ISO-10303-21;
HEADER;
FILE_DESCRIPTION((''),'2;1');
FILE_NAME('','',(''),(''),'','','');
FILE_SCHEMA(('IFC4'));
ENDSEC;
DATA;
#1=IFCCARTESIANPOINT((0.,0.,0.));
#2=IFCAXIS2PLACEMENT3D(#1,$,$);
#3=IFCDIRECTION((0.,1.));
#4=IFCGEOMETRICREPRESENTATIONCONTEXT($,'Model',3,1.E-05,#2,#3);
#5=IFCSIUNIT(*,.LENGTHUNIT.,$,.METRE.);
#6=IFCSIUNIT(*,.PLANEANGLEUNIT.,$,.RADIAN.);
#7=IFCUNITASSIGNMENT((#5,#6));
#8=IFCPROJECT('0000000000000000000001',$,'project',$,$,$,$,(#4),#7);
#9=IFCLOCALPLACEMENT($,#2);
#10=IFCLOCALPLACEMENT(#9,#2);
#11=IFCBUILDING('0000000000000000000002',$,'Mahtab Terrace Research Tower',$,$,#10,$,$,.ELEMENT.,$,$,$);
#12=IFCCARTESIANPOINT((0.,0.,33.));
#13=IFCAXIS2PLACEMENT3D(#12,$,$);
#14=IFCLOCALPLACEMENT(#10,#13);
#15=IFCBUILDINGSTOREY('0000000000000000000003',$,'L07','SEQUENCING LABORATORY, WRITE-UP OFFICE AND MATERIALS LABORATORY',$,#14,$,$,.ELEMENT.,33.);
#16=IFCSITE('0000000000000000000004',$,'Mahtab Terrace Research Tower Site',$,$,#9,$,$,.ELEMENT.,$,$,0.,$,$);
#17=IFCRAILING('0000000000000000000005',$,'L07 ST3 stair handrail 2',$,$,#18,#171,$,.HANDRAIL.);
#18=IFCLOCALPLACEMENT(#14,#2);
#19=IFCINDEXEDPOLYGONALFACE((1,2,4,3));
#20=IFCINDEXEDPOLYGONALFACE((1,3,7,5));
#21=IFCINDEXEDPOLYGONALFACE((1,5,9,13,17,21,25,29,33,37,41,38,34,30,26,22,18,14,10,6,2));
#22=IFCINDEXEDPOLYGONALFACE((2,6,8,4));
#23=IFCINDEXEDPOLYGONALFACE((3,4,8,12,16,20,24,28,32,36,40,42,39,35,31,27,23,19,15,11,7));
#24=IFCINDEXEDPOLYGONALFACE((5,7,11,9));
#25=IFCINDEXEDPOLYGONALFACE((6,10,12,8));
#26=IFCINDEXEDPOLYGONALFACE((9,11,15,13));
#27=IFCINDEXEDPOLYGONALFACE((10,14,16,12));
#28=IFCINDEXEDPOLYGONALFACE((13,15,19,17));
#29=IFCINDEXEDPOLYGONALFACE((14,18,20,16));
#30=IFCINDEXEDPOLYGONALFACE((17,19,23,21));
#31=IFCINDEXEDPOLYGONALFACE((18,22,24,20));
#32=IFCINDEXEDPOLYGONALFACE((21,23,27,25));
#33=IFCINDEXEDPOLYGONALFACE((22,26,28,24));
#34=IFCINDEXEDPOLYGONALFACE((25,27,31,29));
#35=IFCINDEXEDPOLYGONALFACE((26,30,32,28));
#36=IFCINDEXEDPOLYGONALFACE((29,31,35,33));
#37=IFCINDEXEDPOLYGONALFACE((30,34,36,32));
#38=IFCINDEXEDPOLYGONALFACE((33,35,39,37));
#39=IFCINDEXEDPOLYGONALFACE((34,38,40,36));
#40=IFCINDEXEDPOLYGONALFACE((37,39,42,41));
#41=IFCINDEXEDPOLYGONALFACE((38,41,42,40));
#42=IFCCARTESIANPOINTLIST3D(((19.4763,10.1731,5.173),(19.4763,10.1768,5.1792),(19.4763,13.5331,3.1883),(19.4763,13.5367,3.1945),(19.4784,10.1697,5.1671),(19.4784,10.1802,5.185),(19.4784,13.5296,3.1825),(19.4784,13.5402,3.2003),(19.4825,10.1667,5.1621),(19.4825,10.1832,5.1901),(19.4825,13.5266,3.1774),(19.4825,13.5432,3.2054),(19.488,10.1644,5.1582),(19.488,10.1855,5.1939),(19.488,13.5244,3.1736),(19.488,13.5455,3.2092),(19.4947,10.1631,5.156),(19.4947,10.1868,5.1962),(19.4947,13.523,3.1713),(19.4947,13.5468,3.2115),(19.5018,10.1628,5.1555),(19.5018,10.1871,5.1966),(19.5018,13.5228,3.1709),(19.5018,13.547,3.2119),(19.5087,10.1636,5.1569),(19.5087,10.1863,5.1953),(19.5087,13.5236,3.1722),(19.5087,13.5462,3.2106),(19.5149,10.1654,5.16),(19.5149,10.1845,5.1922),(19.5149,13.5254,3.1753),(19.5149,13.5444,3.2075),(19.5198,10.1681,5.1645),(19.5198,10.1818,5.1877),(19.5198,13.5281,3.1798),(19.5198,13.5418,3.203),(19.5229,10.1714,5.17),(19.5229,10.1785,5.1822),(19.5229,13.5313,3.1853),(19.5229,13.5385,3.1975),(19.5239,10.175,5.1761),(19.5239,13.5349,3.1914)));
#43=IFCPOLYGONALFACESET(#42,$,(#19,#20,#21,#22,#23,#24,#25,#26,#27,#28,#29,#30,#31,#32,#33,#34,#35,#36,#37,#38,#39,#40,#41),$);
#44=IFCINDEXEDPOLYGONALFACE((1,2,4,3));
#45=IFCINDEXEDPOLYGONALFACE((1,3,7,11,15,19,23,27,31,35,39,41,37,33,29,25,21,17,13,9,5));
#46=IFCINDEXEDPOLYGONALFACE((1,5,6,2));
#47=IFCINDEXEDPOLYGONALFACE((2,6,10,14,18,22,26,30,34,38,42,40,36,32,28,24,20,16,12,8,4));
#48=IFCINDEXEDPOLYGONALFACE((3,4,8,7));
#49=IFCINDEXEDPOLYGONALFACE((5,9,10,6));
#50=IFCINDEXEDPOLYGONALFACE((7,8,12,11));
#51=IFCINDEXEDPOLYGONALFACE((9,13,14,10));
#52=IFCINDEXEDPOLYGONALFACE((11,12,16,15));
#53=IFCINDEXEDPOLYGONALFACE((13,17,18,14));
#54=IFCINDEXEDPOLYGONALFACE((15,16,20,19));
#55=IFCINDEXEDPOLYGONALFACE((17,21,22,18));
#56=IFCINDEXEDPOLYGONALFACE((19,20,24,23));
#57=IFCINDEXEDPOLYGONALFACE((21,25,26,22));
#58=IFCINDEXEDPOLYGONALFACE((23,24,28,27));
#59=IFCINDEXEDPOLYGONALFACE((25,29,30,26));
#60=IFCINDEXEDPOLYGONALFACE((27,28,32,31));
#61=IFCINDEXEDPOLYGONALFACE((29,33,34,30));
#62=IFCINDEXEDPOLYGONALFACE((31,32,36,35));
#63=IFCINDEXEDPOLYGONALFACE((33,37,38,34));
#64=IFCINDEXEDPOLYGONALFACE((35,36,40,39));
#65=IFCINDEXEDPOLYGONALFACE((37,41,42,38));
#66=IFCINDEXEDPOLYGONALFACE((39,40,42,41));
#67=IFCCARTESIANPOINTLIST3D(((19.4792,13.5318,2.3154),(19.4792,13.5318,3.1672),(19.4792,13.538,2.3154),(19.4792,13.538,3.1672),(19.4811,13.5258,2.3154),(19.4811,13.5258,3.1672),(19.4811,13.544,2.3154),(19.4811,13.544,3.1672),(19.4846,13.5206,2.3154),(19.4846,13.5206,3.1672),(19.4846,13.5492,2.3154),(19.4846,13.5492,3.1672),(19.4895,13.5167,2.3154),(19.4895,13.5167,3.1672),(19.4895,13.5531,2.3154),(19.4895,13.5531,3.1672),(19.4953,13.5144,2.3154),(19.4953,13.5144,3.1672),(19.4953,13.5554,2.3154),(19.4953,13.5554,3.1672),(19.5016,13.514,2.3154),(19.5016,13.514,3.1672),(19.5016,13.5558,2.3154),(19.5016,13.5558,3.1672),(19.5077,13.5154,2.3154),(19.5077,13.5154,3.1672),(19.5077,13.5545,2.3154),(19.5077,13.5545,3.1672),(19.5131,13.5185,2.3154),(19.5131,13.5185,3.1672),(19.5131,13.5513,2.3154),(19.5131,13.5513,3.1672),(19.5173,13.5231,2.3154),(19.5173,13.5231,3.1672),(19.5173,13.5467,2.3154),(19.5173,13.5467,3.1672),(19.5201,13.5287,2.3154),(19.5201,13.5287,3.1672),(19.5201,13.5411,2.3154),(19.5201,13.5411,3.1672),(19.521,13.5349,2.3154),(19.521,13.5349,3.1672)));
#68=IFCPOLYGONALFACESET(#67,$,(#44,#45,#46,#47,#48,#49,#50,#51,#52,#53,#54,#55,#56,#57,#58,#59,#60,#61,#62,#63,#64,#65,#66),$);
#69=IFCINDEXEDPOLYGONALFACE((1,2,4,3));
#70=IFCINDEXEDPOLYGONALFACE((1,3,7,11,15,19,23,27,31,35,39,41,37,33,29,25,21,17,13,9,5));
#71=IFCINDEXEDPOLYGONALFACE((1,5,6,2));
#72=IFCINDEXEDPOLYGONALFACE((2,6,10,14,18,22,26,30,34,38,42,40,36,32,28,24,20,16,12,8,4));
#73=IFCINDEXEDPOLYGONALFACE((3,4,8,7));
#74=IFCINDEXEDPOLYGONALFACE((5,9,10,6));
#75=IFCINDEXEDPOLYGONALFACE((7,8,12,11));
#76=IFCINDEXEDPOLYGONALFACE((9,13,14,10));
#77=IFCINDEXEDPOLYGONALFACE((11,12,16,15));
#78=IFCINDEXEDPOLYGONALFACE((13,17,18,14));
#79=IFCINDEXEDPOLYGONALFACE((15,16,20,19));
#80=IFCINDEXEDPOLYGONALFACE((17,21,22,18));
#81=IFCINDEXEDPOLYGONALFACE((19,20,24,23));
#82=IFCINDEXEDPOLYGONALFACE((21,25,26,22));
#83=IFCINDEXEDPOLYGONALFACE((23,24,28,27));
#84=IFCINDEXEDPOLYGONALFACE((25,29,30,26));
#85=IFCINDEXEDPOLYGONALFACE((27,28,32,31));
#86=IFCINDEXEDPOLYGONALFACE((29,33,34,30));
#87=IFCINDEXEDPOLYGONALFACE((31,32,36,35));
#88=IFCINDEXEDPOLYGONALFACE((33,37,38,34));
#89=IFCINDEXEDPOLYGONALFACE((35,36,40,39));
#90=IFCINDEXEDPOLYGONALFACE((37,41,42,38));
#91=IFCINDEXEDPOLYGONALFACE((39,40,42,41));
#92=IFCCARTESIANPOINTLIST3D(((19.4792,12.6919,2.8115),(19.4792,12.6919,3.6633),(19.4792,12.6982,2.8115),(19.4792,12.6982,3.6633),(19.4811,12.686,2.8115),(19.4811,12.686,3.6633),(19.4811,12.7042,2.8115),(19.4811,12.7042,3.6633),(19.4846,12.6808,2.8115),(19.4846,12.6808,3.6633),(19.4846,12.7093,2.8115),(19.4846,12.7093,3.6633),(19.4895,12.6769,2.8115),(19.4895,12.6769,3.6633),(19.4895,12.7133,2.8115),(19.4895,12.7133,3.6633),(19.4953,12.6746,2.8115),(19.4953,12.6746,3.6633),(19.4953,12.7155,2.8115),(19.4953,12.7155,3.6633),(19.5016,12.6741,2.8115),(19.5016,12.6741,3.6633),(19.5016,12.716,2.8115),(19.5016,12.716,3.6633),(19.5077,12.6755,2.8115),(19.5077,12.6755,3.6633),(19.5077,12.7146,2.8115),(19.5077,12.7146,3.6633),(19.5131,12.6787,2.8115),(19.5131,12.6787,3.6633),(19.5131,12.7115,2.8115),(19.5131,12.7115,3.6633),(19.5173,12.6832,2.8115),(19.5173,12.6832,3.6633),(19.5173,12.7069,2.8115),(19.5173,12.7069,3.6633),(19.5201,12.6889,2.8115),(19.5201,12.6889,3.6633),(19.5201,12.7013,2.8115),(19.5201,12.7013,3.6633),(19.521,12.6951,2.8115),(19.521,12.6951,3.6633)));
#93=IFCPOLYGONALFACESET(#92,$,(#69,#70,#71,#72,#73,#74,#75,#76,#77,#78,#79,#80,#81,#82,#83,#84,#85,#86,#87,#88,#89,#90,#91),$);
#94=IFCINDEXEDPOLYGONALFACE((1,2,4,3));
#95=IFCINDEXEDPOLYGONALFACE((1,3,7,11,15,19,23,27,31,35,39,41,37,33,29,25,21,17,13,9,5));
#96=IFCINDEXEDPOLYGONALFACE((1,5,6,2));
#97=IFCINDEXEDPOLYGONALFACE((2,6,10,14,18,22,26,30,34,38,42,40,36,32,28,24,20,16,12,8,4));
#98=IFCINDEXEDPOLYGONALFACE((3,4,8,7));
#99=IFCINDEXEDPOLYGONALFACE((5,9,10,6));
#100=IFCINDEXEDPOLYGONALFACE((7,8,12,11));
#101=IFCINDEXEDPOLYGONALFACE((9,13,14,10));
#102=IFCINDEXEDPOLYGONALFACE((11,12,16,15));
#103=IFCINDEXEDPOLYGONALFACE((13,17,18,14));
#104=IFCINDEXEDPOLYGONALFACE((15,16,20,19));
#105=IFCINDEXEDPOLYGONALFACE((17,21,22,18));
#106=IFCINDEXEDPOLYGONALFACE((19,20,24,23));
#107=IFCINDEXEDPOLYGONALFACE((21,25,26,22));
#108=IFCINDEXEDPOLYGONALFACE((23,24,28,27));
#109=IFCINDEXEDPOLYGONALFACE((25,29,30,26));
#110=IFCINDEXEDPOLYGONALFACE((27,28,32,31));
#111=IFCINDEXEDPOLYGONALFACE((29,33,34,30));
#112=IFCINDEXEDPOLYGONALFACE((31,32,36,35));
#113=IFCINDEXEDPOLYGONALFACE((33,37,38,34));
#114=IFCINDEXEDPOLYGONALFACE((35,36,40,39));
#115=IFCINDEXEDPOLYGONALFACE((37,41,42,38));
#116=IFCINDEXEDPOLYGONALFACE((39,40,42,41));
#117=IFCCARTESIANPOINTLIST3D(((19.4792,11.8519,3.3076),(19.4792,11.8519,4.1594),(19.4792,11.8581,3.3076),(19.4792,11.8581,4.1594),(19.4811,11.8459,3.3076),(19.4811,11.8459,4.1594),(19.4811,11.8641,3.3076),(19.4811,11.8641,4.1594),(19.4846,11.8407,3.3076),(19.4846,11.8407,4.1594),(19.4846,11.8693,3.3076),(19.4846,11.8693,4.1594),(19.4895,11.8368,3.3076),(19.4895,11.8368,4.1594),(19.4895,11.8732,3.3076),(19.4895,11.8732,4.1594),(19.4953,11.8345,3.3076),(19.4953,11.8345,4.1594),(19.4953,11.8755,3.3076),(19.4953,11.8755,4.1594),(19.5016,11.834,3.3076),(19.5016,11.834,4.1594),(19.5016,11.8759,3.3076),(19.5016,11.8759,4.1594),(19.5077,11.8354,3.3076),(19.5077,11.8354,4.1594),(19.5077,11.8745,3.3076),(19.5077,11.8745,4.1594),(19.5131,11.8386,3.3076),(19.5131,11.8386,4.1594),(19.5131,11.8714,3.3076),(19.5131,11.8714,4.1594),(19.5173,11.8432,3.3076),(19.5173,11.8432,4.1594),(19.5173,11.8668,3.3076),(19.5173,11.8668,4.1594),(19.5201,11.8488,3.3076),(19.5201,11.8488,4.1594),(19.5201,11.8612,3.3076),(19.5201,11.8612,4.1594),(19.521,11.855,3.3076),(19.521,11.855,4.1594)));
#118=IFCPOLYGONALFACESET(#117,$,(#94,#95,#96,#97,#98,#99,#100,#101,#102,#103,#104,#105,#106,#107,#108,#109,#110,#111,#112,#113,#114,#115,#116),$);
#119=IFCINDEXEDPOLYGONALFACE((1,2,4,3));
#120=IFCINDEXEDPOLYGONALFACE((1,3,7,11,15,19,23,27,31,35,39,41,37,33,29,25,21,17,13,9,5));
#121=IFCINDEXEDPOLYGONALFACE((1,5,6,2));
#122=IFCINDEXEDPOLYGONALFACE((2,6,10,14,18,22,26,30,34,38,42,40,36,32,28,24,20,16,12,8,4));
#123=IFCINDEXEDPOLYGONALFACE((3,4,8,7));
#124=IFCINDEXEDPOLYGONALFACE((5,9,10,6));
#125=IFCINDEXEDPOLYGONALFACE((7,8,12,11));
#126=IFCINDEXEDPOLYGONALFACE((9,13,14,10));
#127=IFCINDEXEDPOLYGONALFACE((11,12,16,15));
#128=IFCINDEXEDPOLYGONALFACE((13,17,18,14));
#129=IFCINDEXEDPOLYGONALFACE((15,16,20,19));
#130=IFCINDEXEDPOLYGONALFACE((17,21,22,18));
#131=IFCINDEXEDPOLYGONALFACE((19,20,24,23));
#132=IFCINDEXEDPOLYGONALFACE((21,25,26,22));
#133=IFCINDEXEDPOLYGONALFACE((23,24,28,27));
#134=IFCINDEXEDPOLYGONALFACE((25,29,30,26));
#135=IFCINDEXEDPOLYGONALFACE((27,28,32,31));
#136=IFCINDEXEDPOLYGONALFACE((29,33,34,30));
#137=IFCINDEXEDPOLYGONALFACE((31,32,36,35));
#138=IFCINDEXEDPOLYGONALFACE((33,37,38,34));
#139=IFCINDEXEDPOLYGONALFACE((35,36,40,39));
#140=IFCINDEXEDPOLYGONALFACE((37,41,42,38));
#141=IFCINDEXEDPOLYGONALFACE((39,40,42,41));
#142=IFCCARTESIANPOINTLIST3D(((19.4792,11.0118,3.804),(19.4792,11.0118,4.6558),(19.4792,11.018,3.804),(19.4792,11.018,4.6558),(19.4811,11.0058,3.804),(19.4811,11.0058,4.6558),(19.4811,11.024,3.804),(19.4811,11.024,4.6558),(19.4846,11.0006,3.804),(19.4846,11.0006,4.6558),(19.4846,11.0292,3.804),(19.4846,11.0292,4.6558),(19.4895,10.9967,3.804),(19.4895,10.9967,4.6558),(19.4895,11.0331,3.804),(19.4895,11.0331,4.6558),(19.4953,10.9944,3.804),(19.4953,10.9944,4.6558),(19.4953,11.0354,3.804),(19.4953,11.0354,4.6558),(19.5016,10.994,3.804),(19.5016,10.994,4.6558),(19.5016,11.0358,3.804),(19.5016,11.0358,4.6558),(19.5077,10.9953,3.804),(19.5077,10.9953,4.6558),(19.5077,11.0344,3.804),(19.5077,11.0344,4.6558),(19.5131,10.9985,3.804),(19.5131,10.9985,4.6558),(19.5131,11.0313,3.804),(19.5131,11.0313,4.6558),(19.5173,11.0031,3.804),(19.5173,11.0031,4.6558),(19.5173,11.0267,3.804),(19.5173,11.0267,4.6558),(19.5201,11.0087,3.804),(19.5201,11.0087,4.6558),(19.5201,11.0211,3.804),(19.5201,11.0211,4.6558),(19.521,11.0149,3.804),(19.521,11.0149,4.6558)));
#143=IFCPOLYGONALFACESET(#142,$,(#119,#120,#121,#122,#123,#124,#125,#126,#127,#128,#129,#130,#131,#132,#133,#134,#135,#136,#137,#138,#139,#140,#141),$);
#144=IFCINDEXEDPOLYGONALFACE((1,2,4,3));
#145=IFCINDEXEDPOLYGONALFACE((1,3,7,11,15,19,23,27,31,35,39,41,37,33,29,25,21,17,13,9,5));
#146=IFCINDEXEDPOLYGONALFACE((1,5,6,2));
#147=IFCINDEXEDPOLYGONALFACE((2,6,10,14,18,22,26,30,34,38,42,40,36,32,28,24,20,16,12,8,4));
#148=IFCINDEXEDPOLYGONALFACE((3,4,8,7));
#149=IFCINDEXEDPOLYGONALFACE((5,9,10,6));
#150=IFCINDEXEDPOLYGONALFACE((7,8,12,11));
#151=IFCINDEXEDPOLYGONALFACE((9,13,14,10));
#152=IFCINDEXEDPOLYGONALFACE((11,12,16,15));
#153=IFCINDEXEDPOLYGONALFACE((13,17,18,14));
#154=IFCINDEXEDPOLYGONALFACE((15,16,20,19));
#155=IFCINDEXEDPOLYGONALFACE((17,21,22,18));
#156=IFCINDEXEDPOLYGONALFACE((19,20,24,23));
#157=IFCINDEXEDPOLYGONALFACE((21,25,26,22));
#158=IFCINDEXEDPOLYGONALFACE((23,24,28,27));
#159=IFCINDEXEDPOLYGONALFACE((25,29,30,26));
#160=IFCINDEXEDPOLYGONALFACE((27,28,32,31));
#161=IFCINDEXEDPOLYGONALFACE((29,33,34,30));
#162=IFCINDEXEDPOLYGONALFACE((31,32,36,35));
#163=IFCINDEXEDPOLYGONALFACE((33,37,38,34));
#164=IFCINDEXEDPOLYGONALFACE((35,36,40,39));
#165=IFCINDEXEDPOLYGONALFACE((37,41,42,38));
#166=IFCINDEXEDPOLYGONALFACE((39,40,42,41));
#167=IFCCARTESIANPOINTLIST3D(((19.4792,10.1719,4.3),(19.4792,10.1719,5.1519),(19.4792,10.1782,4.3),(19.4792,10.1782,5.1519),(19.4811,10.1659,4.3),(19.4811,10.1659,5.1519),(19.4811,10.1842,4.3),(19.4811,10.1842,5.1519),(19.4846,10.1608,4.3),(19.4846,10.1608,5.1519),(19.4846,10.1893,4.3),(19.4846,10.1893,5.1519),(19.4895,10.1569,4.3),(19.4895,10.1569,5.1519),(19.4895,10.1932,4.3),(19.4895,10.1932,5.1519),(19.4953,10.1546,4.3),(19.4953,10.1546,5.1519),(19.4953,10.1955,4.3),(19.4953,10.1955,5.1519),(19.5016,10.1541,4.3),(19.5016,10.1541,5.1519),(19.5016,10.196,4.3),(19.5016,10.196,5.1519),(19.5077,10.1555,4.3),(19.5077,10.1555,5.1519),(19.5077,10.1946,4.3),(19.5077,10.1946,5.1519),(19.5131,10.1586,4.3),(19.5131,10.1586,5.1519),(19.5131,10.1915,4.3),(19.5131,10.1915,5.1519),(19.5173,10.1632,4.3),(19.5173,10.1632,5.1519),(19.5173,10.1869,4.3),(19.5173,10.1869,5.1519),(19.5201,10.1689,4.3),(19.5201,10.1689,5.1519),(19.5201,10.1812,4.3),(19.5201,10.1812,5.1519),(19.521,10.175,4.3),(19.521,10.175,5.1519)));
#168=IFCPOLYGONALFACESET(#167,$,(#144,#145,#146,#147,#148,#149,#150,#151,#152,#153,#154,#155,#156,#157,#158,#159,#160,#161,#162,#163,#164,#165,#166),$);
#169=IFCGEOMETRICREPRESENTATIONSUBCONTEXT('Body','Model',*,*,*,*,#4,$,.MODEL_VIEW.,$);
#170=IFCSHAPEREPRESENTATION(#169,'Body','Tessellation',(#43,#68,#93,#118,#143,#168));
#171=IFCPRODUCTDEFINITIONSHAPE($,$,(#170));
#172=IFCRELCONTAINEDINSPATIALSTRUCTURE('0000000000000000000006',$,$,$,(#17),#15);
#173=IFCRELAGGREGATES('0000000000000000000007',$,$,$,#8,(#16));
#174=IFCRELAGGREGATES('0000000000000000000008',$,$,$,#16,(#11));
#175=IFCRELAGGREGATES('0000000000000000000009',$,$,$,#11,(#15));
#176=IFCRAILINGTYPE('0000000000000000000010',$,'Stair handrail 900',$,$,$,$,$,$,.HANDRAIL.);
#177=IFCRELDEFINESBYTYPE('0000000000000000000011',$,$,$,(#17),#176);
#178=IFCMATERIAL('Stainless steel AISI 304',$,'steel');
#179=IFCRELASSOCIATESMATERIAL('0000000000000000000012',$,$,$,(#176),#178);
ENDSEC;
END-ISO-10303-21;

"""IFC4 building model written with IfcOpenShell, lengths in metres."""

from ifc_helpers import new_model, si_unit, direction, frame, origin, origin_2d, place, context, subcontext, project, spatial, circle, extrude, material, type_object, element, save


model = new_model("IFC4")

# Units and contexts
model_context = context("Model", 3, precision=1e-05, world=origin(), true_north=direction((0.0, 1.0)))
body_context = subcontext(model_context, "Body", "Model", "MODEL_VIEW")
ifc_project = project(units=[si_unit("LENGTHUNIT", "METRE"), si_unit("PLANEANGLEUNIT", "RADIAN")], contexts=[model_context])

# Site, building, storey
site_placement = place(None, origin())
site = spatial("IfcSite", under=ifc_project, at=site_placement, Name="Mahtab Terrace Research Tower Site", CompositionType="ELEMENT", RefElevation=0.0)
building_placement = place(site_placement, origin())
building = spatial("IfcBuilding", under=site, at=building_placement, Name="Mahtab Terrace Research Tower", CompositionType="ELEMENT")
storey_placement = place(building_placement, frame((0.0, 0.0, 33.0)))
storey = spatial("IfcBuildingStorey", under=building, at=storey_placement, Name="L07", Description="SEQUENCING LABORATORY, WRITE-UP OFFICE AND MATERIALS LABORATORY", CompositionType="ELEMENT", Elevation=33.0)

# Shared definitions
ifc_material_1 = material(Name="Stainless steel AISI 304", Category="steel")

# Railing
railing_type_1 = type_object("IfcRailingType", Name="Stair handrail 900", PredefinedType="HANDRAIL", material=ifc_material_1)
railing_1_placement = place(storey_placement, frame((19.5, 13.5349, 2.3154)))
element("IfcRailing", 1, at=railing_1_placement, inside=storey, type_object=railing_type_1, Name="L07 ST3 stair handrail 2", PredefinedType="HANDRAIL", context=body_context, shape_type="SweptSolid", body=[
    extrude(circle(Radius=0.0239, at=origin_2d()), frame((0.0, 0.0, 0.876), z_axis=(0.0, -0.861011, 0.508586), x_axis=(1.0, 0.0, 0.0)), (0.0, 0.0, 1.0), 3.9023),
    extrude(circle(Radius=0.021, at=origin_2d()), origin(), (0.0, 0.0, 1.0), 0.8518),
    extrude(circle(Radius=0.021, at=origin_2d()), frame((0.0, -0.8398, 0.4961)), (0.0, 0.0, 1.0), 0.8518),
    extrude(circle(Radius=0.021, at=origin_2d()), frame((0.0, -1.6799, 0.9922)), (0.0, 0.0, 1.0), 0.8518),
    extrude(circle(Radius=0.021, at=origin_2d()), frame((0.0, -2.52, 1.4885)), (0.0, 0.0, 1.0), 0.8518),
    extrude(circle(Radius=0.021, at=origin_2d()), frame((0.0, -3.3599, 1.9846)), (0.0, 0.0, 1.0), 0.8518),
])

save(model, "model.ifc")
